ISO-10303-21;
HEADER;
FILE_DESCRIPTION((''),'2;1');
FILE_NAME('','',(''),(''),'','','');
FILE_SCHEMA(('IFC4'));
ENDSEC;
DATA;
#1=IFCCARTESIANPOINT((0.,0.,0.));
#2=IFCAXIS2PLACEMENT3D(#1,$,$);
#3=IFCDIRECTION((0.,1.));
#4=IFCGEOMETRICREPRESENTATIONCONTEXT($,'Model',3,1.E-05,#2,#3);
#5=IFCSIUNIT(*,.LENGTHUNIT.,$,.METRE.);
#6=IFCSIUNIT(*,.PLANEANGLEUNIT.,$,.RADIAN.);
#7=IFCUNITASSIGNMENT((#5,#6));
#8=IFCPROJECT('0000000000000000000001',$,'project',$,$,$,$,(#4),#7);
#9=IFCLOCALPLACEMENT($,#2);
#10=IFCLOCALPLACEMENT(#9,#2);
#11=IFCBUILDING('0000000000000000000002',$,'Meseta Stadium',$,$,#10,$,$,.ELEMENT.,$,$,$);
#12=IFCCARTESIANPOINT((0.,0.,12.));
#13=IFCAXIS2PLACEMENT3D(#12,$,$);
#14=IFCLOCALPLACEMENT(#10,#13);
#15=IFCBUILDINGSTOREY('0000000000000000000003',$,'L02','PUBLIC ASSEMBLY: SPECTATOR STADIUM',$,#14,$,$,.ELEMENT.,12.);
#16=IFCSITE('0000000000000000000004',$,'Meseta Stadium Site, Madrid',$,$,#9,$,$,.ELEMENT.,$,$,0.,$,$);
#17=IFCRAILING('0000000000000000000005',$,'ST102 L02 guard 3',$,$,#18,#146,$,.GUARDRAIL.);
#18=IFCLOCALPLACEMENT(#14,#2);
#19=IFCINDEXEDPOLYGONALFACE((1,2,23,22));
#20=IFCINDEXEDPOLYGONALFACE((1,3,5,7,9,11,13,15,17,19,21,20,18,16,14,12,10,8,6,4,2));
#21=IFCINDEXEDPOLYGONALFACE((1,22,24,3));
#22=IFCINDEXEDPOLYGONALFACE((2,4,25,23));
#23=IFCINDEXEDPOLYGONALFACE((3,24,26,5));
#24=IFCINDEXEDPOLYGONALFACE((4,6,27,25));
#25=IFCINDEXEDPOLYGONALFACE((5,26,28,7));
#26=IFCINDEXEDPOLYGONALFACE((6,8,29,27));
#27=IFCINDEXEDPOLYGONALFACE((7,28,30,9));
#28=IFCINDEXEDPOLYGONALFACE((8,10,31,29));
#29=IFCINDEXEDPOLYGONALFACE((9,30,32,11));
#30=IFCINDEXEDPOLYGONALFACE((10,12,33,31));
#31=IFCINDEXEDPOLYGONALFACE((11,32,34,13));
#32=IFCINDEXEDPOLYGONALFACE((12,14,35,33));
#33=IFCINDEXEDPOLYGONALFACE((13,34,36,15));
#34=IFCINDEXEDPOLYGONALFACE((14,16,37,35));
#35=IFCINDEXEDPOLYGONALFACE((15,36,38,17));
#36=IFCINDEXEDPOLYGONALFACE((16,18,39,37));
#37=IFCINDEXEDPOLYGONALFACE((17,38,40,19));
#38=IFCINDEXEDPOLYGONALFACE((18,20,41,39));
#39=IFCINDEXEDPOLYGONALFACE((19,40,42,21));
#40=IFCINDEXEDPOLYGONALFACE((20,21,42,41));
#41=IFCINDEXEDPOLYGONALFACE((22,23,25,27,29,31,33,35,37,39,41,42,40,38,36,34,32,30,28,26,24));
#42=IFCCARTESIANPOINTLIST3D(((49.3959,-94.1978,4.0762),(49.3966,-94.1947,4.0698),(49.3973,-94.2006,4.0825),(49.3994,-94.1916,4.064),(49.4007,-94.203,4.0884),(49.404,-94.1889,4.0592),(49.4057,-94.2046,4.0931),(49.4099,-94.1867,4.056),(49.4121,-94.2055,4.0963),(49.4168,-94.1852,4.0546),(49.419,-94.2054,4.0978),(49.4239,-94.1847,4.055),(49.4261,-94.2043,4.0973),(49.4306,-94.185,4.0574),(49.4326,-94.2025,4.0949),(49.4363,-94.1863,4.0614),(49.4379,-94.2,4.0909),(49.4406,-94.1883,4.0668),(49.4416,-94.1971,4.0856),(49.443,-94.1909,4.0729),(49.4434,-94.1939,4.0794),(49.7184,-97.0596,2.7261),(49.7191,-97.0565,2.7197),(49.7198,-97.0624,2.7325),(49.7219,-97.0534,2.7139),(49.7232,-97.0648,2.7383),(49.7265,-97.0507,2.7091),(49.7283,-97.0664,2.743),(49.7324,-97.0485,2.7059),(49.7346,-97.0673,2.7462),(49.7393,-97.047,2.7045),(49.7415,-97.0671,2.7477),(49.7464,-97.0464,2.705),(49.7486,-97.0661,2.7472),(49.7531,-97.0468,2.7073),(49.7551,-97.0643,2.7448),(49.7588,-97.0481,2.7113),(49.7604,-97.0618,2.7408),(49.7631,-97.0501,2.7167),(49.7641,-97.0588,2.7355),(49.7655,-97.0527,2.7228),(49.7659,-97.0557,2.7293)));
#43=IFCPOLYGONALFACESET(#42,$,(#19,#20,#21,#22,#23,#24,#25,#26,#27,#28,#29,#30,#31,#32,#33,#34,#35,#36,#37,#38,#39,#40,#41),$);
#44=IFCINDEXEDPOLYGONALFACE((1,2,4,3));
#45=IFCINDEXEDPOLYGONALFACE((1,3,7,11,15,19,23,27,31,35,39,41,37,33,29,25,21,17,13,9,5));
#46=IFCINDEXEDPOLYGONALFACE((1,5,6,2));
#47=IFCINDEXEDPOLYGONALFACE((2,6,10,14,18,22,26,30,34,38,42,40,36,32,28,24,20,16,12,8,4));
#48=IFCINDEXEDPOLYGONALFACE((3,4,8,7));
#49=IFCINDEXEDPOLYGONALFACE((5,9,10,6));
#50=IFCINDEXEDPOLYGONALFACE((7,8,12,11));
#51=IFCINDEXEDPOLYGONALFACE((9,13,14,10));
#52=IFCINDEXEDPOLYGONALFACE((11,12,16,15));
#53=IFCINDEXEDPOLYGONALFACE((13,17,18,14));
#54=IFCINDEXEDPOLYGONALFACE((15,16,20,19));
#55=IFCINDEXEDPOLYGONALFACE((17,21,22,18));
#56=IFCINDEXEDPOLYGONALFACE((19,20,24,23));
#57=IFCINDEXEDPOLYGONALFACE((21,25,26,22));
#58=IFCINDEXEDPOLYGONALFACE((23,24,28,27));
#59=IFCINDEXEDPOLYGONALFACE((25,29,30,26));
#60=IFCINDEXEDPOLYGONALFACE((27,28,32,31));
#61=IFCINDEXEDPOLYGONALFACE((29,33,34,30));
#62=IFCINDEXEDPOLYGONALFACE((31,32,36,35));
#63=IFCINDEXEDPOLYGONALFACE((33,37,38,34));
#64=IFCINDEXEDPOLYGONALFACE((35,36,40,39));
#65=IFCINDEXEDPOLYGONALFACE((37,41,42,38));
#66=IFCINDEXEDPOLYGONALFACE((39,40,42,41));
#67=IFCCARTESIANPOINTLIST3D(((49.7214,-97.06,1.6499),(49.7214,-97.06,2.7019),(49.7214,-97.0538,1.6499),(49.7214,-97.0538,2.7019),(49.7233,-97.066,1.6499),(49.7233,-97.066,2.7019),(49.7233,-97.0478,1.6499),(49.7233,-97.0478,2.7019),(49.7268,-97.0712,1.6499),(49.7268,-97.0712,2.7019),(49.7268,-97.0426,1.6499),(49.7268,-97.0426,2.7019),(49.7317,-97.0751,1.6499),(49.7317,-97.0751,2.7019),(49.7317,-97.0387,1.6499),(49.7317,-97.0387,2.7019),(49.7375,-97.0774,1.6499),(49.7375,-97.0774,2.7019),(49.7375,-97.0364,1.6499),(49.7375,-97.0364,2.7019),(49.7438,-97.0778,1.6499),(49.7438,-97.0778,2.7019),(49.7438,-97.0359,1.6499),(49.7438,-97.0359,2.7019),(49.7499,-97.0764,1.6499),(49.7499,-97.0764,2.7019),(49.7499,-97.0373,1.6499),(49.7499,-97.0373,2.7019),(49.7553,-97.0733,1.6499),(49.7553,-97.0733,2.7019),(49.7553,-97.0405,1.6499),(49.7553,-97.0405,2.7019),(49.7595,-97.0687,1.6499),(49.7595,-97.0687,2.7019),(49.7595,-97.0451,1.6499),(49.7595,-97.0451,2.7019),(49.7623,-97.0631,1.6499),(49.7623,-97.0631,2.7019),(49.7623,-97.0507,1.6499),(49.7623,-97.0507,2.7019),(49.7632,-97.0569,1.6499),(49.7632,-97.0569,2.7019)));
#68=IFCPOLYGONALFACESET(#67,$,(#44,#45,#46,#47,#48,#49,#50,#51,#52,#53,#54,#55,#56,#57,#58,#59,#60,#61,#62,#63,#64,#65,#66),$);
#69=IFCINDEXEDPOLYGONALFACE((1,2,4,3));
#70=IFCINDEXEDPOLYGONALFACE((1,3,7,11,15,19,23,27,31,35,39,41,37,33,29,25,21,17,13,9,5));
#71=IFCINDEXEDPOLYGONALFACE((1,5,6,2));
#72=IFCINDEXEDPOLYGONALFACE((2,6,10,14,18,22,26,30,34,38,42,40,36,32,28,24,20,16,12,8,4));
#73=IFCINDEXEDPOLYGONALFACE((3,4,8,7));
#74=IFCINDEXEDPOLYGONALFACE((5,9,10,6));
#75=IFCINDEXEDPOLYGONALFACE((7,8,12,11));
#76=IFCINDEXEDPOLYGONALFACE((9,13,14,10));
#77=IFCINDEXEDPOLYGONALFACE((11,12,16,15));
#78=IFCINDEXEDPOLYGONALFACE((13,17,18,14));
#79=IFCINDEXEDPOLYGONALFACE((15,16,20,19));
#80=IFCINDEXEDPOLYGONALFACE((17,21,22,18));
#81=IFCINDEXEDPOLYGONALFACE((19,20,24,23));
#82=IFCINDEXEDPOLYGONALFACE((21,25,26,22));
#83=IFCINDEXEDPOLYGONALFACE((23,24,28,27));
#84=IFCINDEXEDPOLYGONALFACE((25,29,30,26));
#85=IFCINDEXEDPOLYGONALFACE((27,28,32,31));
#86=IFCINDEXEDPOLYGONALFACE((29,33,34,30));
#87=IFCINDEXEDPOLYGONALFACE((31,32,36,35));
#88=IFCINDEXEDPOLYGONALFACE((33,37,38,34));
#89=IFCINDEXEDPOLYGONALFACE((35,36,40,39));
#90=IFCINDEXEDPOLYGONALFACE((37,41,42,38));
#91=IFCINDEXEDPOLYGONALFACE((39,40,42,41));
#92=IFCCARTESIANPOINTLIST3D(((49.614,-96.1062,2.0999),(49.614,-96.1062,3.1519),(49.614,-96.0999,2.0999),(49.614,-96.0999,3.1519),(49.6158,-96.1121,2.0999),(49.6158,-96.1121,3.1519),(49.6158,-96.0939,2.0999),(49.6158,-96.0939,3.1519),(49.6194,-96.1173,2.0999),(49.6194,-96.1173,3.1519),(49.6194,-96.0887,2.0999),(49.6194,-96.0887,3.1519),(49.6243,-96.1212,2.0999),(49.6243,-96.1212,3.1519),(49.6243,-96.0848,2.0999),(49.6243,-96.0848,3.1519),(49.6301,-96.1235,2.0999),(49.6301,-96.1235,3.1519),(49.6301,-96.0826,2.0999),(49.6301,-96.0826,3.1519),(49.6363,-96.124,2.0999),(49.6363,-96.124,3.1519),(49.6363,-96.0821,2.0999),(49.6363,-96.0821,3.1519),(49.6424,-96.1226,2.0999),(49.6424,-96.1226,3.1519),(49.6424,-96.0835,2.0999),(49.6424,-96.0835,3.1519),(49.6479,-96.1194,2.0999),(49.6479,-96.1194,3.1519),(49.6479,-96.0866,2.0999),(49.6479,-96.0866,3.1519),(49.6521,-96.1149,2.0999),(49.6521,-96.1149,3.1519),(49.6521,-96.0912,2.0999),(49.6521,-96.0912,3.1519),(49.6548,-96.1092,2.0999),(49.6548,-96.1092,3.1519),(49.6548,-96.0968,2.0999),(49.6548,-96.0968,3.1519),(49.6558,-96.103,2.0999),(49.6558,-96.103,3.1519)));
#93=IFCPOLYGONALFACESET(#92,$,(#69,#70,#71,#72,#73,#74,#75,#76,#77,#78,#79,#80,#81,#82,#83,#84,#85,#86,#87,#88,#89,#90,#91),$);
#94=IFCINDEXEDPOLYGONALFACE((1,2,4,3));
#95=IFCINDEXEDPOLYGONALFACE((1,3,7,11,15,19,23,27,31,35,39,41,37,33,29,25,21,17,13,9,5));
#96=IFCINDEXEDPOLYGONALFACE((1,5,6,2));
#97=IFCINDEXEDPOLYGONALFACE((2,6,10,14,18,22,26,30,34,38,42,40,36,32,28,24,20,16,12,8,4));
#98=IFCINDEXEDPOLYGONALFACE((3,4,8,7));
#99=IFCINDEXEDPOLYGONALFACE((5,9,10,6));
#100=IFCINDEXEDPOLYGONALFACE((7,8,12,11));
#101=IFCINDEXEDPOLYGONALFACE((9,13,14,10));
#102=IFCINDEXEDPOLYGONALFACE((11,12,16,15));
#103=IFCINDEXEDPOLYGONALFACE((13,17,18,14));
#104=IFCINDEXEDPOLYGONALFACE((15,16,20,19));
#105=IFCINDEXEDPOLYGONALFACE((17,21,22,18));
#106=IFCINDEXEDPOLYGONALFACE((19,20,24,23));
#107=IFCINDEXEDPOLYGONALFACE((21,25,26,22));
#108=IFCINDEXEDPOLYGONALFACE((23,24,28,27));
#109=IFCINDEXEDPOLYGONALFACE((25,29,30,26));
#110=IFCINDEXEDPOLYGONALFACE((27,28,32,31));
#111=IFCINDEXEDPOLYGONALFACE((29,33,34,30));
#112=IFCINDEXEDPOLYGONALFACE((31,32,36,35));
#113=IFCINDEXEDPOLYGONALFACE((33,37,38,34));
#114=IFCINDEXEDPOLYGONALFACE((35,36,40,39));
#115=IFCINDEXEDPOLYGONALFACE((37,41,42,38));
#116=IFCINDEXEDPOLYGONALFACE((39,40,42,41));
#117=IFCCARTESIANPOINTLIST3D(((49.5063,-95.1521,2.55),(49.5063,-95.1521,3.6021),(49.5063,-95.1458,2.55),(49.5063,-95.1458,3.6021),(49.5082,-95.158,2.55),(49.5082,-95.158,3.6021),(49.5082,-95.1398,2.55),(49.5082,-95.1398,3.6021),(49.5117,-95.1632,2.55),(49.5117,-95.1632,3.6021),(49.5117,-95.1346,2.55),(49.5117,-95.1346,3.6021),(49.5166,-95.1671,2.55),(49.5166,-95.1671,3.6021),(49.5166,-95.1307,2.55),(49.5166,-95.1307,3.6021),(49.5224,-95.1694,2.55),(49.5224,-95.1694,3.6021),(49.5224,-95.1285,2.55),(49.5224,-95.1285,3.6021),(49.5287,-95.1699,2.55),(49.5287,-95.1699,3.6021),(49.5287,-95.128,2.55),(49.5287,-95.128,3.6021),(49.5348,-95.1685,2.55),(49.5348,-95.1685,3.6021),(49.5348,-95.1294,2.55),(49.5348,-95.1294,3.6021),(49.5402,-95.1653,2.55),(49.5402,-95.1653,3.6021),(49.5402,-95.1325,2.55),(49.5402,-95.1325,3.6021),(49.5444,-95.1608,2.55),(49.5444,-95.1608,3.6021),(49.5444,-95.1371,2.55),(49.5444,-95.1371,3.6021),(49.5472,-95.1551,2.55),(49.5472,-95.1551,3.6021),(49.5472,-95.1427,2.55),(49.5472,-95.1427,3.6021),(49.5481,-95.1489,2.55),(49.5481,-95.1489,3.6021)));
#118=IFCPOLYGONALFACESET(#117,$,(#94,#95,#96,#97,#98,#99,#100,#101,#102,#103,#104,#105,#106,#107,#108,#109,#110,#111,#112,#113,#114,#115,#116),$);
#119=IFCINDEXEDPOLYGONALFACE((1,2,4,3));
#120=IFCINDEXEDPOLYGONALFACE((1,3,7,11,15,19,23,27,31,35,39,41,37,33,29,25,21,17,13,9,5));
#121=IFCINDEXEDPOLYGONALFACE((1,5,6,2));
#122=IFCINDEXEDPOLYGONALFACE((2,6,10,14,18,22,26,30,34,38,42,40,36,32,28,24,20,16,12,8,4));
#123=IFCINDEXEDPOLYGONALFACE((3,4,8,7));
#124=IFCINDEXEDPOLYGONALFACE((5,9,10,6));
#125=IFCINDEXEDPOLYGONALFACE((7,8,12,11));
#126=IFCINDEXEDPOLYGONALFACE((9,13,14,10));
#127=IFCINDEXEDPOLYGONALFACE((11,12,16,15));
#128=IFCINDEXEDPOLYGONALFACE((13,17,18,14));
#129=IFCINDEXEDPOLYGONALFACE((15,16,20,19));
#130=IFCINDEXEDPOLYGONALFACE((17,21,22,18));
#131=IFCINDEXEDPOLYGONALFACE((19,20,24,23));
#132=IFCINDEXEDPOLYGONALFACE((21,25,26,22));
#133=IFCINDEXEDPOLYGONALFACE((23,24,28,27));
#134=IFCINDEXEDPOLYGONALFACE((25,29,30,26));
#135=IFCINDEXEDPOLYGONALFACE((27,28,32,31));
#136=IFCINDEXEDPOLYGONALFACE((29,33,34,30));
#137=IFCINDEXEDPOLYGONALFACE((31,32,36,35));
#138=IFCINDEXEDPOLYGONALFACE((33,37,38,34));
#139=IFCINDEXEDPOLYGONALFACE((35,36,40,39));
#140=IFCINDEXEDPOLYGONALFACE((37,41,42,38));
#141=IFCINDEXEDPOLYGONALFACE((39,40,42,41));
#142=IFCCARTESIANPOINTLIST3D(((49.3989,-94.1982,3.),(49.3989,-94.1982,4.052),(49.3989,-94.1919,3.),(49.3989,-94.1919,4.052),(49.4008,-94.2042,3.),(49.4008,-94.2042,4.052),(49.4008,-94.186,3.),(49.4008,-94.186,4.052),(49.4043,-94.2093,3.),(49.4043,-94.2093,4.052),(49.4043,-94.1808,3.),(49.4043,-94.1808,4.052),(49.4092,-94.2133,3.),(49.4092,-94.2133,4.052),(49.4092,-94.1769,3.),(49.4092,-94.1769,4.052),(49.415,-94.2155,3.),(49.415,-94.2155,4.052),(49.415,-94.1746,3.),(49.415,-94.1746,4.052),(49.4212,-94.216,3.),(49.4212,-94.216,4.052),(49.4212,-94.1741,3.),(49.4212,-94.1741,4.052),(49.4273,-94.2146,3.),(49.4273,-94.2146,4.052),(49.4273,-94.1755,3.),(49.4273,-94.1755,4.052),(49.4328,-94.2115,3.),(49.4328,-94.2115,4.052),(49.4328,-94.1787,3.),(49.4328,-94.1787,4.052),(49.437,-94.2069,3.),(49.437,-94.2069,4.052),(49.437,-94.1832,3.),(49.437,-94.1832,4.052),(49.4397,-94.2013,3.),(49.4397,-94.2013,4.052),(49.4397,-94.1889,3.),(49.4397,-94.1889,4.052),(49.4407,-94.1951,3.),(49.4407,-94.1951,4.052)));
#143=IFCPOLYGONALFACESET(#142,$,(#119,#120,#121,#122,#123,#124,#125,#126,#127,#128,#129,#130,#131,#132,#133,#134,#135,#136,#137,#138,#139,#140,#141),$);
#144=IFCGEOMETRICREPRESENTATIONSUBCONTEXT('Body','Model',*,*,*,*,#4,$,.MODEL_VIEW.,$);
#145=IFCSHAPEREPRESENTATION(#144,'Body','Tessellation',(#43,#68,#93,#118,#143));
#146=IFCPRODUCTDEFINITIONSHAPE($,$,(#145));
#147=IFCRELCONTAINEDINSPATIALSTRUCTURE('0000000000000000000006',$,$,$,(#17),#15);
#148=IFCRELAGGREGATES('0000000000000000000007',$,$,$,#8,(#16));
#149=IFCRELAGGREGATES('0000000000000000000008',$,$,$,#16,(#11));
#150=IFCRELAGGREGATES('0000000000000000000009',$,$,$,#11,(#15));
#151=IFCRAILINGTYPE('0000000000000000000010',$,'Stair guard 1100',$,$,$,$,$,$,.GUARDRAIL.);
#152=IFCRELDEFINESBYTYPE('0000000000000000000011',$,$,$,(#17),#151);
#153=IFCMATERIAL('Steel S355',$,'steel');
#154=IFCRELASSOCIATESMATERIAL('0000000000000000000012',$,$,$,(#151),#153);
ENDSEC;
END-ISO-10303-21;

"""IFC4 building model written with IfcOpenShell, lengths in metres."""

from ifc_helpers import new_model, si_unit, direction, frame, origin, origin_2d, place, context, subcontext, project, spatial, circle, extrude, material, type_object, element, save


model = new_model("IFC4")

# Units and contexts
model_context = context("Model", 3, precision=1e-05, world=origin(), true_north=direction((0.0, 1.0)))
body_context = subcontext(model_context, "Body", "Model", "MODEL_VIEW")
ifc_project = project(units=[si_unit("LENGTHUNIT", "METRE"), si_unit("PLANEANGLEUNIT", "RADIAN")], contexts=[model_context])

# Site, building, storey
site_placement = place(None, origin())
site = spatial("IfcSite", under=ifc_project, at=site_placement, Name="Meseta Stadium Site, Madrid", CompositionType="ELEMENT", RefElevation=0.0)
building_placement = place(site_placement, origin())
building = spatial("IfcBuilding", under=site, at=building_placement, Name="Meseta Stadium", CompositionType="ELEMENT")
storey_placement = place(building_placement, frame((0.0, 0.0, 12.0)))
storey = spatial("IfcBuildingStorey", under=building, at=storey_placement, Name="L02", Description="PUBLIC ASSEMBLY: SPECTATOR STADIUM", CompositionType="ELEMENT", Elevation=12.0)

# Railing
ifc_material_1 = material(Name="Steel S355", Category="steel")
railing_type_1 = type_object("IfcRailingType", Name="Stair guard 1100", PredefinedType="GUARDRAIL", material=ifc_material_1)
railing_1_placement = place(storey_placement, frame((49.7422, -97.0569, 1.6499)))
element("IfcRailing", 1, at=railing_1_placement, inside=storey, type_object=railing_type_1, Name="ST102 L02 guard 3", PredefinedType="GUARDRAIL", context=body_context, shape_type="SweptSolid", body=[
    extrude(circle(Radius=0.0239, at=origin_2d()), frame((0.0, 0.0, 1.0762), z_axis=(-0.101396, 0.899748, 0.424467), x_axis=(-0.99371, -0.111985, 0.0)), (0.0, 0.0, 1.0), 3.1807),
    extrude(circle(Radius=0.021, at=origin_2d()), origin(), (0.0, 0.0, 1.0), 1.052),
    extrude(circle(Radius=0.021, at=origin_2d()), frame((-0.1074, 0.9539, 0.45)), (0.0, 0.0, 1.0), 1.052),
    extrude(circle(Radius=0.021, at=origin_2d()), frame((-0.2151, 1.908, 0.9001)), (0.0, 0.0, 1.0), 1.052),
    extrude(circle(Radius=0.021, at=origin_2d()), frame((-0.3225, 2.8618, 1.3501)), (0.0, 0.0, 1.0), 1.052),
])

save(model, "model.ifc")
